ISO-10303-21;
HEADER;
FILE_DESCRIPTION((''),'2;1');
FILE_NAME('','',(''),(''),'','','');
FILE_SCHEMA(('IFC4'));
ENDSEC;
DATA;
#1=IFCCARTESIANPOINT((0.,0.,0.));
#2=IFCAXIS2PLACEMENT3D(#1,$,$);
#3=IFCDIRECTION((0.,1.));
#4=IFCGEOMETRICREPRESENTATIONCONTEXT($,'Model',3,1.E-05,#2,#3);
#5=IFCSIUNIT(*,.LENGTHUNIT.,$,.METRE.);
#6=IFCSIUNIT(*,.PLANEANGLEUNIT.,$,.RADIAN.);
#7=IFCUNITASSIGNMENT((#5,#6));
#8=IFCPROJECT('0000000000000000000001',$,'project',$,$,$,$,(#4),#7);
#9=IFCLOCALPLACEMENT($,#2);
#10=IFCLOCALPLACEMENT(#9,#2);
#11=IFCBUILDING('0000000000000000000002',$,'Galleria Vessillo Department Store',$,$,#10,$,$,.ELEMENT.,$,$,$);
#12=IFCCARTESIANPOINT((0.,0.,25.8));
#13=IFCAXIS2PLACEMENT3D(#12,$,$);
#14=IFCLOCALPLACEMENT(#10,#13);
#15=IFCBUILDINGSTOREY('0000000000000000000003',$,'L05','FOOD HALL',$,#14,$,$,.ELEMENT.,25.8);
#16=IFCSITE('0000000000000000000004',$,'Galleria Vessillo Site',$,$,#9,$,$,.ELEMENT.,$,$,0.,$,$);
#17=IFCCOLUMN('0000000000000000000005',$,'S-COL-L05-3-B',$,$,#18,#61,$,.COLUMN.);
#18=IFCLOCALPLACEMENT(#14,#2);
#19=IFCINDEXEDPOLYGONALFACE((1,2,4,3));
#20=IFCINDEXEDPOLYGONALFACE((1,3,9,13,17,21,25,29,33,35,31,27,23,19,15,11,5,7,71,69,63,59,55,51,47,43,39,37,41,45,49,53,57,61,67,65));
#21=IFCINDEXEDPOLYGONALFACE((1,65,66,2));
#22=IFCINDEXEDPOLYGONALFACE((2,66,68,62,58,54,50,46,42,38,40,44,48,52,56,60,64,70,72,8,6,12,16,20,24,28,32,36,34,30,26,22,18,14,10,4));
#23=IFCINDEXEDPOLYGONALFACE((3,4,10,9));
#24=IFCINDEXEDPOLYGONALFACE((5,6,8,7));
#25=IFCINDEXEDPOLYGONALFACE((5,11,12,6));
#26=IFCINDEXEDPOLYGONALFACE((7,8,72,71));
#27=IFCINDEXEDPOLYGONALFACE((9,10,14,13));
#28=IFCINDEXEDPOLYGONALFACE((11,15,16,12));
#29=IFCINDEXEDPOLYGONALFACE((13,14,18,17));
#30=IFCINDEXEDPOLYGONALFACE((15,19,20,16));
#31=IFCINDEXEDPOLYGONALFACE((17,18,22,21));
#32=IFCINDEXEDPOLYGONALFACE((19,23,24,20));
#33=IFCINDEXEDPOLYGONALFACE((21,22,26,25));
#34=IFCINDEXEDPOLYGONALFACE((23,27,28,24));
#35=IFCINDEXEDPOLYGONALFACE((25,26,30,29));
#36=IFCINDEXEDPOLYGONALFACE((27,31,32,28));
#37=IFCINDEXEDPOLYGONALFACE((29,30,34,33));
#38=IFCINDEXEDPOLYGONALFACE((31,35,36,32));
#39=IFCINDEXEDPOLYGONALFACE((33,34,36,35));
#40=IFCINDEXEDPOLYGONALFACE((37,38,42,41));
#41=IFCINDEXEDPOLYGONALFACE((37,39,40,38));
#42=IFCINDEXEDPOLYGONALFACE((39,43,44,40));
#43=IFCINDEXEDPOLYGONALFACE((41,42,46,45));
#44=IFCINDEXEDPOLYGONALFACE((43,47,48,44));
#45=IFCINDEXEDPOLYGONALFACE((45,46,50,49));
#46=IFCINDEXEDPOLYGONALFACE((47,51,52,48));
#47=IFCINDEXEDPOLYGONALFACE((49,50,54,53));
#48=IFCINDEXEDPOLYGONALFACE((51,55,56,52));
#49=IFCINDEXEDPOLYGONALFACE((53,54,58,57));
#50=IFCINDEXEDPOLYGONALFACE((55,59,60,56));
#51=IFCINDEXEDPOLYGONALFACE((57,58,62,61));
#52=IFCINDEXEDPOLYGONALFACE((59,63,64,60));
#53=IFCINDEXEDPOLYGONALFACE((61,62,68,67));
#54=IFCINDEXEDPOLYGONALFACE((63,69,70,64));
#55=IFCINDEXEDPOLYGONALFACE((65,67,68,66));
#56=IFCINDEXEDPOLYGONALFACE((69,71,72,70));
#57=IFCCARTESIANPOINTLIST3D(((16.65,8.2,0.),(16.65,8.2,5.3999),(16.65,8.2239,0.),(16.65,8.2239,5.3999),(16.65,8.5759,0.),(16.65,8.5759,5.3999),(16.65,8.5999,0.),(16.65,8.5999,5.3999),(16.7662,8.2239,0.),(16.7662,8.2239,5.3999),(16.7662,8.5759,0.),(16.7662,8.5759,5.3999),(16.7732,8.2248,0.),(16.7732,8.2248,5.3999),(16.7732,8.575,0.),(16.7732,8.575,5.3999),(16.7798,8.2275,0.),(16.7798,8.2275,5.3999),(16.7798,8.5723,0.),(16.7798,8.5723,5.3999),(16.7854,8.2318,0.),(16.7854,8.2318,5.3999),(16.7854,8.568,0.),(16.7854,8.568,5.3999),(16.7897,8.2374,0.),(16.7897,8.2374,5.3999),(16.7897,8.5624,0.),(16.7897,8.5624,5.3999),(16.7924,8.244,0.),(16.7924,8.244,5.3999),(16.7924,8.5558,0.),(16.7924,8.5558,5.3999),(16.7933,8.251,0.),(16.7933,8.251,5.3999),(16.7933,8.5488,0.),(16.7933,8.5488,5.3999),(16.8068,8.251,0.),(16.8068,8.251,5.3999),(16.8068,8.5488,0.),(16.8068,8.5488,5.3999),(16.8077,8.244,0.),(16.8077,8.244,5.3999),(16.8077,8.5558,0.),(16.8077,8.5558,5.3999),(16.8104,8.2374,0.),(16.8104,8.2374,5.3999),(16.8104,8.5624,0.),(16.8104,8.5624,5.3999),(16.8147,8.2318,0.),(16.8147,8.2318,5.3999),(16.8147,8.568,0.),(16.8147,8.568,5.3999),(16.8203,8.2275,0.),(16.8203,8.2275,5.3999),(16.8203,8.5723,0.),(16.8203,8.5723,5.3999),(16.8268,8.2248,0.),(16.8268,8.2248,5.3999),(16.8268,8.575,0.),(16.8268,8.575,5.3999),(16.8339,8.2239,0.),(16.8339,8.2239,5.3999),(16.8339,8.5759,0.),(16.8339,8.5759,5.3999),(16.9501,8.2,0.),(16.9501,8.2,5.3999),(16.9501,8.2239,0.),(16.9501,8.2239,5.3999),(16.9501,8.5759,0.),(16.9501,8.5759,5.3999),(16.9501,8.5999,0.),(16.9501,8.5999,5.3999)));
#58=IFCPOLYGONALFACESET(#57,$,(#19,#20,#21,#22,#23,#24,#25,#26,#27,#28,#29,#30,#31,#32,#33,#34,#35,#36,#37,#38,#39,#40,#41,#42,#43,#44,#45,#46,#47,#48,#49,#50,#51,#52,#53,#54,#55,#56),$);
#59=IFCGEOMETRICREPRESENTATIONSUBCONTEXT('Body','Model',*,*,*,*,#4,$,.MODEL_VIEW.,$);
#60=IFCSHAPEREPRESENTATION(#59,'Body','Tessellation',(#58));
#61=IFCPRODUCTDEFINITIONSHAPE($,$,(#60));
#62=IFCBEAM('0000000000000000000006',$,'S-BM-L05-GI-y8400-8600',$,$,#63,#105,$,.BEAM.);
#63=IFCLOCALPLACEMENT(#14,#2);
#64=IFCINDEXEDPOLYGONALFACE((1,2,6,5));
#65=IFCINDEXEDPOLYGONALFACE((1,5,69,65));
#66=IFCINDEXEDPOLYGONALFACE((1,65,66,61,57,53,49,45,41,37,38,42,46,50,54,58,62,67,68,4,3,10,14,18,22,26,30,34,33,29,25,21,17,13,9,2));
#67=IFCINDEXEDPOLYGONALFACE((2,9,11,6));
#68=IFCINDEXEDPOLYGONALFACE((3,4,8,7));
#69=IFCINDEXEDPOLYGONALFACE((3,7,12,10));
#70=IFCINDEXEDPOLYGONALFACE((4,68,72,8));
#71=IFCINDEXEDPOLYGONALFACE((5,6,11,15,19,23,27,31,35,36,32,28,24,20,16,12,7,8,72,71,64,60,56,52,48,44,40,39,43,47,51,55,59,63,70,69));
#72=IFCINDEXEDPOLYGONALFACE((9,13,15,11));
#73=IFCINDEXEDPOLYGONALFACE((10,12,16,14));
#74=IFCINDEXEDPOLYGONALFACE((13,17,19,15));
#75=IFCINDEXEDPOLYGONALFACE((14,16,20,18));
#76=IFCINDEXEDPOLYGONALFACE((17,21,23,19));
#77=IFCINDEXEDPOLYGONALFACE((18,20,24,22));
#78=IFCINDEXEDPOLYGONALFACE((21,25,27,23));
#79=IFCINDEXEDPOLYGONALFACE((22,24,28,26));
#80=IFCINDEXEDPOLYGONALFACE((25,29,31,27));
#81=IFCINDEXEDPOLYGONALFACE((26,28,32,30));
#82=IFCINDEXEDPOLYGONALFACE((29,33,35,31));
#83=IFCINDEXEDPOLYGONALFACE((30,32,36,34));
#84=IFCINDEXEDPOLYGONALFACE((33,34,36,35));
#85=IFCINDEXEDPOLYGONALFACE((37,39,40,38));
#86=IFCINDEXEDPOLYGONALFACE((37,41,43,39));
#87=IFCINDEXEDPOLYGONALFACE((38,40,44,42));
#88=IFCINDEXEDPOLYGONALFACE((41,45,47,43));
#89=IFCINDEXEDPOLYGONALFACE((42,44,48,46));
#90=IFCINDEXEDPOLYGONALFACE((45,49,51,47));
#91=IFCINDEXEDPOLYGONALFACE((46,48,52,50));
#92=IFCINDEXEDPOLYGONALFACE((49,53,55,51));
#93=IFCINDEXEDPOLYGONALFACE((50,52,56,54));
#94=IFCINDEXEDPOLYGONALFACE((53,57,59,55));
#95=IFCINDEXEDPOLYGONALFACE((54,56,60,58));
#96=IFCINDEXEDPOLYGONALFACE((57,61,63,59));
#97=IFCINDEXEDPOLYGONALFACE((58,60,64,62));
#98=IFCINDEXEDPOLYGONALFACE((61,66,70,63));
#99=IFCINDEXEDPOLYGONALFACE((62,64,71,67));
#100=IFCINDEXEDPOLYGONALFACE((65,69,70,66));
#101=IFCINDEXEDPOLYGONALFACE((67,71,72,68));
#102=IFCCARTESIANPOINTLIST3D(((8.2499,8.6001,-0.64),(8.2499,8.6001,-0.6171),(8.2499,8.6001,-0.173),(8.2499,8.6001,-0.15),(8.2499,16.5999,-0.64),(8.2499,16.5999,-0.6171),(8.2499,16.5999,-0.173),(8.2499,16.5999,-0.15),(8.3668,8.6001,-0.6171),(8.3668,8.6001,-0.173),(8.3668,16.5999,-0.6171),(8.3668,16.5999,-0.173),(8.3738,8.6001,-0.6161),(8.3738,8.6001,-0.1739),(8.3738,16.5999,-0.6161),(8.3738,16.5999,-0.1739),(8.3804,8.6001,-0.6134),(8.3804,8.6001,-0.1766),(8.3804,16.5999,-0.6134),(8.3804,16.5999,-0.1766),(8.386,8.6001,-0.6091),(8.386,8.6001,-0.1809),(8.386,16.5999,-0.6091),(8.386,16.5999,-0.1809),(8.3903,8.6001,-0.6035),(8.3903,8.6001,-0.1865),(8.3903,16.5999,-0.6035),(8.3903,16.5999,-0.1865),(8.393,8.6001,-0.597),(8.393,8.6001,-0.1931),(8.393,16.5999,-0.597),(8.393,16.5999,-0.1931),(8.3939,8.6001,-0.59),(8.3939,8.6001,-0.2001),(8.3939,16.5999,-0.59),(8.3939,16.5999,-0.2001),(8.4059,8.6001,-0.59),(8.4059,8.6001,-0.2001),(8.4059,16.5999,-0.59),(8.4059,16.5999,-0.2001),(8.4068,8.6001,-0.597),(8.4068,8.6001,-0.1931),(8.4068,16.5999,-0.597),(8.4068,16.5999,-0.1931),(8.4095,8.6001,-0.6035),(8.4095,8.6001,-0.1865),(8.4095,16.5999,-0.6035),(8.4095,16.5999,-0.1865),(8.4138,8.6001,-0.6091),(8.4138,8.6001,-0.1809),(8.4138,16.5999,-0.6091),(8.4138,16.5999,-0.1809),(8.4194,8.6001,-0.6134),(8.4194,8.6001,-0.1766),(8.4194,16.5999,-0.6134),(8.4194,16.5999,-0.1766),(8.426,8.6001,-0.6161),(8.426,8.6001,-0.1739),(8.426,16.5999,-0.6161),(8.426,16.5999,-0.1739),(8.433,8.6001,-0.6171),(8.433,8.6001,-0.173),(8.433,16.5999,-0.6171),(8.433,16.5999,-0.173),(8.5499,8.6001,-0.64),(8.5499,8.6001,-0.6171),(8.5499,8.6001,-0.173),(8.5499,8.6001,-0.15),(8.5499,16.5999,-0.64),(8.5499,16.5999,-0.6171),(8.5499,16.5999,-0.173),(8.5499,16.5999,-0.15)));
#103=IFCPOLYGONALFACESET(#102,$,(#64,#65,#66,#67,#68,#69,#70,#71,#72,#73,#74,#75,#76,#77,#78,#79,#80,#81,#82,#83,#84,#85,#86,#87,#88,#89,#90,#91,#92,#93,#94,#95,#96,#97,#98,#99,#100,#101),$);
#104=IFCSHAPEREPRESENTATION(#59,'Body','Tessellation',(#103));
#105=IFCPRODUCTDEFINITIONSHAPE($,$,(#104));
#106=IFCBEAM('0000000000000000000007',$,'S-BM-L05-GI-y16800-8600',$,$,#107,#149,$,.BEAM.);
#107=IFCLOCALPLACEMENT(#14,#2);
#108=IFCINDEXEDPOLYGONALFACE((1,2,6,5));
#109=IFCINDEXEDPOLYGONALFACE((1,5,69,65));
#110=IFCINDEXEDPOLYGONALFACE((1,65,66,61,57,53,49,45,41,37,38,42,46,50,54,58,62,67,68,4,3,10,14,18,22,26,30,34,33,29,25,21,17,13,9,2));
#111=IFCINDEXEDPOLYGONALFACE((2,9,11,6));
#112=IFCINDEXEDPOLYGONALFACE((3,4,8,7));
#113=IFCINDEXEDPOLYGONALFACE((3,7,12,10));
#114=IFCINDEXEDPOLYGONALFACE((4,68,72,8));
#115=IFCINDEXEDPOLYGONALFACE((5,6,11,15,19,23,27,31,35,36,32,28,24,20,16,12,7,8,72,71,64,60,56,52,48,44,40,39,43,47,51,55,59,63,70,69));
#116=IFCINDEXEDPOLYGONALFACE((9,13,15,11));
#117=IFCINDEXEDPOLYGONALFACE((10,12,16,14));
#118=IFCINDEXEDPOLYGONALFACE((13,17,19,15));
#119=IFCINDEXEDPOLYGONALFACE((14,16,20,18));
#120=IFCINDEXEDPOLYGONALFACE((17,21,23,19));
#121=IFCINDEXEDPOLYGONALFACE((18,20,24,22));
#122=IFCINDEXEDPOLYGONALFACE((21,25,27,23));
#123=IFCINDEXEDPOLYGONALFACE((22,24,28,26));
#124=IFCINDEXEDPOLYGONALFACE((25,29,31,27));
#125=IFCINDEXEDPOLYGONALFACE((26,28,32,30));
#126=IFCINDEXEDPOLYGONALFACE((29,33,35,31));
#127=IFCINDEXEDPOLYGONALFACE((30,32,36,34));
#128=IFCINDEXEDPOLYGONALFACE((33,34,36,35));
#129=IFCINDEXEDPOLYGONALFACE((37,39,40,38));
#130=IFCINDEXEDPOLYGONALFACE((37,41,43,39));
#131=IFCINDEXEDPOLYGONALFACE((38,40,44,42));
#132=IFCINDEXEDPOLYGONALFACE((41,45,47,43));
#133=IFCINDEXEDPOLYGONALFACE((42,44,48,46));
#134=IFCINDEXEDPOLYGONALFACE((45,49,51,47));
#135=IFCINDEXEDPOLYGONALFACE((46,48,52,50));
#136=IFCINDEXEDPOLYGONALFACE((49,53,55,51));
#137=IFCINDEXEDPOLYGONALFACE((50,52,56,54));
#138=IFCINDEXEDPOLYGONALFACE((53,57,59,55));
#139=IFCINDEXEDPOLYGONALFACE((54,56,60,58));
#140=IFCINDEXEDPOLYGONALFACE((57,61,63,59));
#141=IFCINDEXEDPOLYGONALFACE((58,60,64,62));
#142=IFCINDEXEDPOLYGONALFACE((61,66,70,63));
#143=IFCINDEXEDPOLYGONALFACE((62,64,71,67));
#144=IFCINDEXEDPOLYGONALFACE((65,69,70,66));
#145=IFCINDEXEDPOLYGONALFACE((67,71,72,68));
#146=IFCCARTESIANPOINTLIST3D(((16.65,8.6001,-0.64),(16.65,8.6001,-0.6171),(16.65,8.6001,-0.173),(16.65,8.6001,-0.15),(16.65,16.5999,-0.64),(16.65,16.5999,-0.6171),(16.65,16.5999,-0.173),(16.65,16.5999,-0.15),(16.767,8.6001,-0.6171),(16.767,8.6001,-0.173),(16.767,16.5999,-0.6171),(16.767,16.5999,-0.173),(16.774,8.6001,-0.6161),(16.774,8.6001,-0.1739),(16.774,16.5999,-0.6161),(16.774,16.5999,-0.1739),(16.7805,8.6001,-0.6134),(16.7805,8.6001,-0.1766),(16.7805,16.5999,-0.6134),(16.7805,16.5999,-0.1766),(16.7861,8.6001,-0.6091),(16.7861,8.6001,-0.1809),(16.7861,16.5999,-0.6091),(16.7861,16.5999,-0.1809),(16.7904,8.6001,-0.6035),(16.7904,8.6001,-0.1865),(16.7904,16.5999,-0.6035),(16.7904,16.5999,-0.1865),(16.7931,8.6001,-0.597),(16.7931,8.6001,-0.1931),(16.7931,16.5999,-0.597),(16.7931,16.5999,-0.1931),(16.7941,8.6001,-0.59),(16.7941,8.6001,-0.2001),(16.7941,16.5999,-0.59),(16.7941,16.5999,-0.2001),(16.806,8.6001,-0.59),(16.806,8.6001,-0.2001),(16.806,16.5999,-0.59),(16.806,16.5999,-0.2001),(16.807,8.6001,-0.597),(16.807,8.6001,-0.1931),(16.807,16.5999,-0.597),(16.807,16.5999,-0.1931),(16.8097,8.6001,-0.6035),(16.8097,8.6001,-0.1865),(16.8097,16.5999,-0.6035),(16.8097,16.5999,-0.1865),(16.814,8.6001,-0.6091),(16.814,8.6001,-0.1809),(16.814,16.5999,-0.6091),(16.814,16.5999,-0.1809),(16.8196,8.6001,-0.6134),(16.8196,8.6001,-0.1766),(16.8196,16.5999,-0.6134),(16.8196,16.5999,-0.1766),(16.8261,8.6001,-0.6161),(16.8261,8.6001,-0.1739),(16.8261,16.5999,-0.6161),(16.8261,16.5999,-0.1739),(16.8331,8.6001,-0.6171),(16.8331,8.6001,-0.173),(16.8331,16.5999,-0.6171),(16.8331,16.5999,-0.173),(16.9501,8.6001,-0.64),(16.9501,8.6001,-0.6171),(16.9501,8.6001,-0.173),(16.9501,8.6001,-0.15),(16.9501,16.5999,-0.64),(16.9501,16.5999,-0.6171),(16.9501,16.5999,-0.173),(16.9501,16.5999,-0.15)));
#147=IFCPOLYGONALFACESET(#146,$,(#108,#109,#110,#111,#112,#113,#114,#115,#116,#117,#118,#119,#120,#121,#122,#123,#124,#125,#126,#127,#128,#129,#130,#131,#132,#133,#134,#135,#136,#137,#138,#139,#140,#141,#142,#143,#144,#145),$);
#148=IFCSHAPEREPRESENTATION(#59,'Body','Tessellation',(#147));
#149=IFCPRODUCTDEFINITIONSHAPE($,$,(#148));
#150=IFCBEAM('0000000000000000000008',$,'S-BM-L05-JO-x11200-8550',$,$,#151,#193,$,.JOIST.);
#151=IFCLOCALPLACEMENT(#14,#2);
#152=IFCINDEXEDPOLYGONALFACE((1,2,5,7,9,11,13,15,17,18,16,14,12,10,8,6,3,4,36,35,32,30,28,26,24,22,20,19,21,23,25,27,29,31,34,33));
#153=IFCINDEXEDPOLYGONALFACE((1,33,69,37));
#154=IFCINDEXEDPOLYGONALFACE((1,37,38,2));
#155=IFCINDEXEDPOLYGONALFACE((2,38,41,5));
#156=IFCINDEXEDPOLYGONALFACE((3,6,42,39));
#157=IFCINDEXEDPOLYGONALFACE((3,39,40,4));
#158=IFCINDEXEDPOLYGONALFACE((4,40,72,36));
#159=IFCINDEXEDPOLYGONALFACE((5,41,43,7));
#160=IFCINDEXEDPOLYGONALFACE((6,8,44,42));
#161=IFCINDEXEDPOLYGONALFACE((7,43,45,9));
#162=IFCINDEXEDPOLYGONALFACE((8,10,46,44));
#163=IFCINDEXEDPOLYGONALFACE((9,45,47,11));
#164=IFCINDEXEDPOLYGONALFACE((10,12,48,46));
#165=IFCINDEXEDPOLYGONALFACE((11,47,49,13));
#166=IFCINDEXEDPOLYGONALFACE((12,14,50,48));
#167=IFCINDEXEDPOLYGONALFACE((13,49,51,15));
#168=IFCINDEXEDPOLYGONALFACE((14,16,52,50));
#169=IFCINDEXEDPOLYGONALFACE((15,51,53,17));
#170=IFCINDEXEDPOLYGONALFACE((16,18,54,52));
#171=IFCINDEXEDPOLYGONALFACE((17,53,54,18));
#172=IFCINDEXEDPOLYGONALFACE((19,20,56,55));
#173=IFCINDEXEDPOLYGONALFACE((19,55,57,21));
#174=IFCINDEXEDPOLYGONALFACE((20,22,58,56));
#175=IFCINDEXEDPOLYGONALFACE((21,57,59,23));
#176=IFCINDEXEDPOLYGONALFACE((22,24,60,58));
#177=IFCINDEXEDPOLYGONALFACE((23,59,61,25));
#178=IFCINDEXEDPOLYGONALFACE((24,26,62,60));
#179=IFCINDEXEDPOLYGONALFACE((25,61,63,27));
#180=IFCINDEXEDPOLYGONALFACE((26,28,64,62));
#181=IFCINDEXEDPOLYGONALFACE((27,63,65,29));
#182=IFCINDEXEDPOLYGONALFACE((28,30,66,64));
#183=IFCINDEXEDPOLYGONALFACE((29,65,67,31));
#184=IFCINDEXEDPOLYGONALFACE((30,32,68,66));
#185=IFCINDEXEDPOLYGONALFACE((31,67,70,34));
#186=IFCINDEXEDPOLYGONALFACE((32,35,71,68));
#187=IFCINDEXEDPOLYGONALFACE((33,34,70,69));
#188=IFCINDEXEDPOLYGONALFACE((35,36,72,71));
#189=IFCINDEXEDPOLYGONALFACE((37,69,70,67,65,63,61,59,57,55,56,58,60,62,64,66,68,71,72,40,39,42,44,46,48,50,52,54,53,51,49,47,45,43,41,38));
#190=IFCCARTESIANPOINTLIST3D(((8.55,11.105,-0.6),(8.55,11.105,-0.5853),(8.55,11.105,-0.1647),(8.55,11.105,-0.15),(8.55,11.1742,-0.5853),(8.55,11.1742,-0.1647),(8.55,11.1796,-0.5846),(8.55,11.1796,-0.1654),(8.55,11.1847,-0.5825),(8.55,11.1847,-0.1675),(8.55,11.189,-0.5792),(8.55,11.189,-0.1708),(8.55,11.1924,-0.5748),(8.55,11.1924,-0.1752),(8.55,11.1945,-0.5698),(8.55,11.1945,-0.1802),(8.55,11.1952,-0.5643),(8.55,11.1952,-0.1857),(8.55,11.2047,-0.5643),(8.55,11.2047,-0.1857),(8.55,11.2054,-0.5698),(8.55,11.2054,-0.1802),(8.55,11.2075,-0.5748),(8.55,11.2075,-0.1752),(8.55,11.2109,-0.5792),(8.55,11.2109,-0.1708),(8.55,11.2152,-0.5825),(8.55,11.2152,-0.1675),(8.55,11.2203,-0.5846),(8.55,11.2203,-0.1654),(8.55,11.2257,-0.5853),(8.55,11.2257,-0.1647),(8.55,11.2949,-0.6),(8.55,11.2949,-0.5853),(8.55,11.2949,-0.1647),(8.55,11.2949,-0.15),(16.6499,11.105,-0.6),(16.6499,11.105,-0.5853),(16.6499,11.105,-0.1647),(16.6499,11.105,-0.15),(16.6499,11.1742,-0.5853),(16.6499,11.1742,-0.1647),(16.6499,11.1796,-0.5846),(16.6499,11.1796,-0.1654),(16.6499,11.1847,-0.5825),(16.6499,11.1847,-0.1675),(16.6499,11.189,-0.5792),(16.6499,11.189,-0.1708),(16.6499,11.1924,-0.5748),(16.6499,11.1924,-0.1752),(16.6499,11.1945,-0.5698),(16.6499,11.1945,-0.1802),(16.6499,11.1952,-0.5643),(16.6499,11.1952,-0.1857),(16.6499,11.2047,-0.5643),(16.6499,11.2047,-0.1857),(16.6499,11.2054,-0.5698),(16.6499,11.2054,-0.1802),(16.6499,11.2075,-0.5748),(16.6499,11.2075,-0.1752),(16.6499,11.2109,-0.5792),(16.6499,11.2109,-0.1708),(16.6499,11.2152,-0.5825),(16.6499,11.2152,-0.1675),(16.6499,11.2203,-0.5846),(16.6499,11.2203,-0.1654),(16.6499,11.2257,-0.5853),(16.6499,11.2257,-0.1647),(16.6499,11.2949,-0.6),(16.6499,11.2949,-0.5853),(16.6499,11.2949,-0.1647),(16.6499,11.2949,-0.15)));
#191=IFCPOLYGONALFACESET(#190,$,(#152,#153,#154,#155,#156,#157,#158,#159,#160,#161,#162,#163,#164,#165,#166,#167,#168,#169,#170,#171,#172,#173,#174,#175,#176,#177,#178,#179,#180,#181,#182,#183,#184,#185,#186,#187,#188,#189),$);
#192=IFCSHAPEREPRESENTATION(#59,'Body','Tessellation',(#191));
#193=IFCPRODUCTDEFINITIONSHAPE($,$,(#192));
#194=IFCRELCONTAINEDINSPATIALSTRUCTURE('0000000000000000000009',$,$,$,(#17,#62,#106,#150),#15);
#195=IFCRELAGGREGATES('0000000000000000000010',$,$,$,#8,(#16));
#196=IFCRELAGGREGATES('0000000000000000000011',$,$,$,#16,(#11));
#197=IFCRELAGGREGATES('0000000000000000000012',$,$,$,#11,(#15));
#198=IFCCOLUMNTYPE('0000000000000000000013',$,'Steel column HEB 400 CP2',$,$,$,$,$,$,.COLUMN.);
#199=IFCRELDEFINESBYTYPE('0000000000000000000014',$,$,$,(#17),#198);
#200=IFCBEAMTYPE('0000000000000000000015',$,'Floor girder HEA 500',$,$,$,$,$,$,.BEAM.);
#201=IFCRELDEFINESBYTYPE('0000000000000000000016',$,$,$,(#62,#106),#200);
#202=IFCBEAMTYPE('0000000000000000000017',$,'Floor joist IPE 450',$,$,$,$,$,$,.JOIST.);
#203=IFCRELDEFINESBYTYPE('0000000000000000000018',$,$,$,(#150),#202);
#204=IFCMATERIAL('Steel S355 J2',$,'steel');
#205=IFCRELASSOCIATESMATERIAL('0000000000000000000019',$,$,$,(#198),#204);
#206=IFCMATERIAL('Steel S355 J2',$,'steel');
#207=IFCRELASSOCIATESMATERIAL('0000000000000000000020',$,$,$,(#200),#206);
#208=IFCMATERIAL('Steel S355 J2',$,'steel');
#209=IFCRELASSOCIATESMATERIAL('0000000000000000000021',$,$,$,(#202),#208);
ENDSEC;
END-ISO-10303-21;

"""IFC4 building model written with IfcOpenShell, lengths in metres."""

from ifc_helpers import new_model, si_unit, direction, frame, origin, origin_2d, place, context, subcontext, project, spatial, i_section, extrude, material, material_profile, profile_set, type_object, element, save


model = new_model("IFC4")

# Units and contexts
model_context = context("Model", 3, precision=1e-05, world=origin(), true_north=direction((0.0, 1.0)))
body_context = subcontext(model_context, "Body", "Model", "MODEL_VIEW")
ifc_project = project(units=[si_unit("LENGTHUNIT", "METRE"), si_unit("PLANEANGLEUNIT", "RADIAN")], contexts=[model_context])

# Site, building, storey
site_placement = place(None, origin())
site = spatial("IfcSite", under=ifc_project, at=site_placement, Name="Galleria Vessillo Site", CompositionType="ELEMENT", RefElevation=0.0)
building_placement = place(site_placement, origin())
building = spatial("IfcBuilding", under=site, at=building_placement, Name="Galleria Vessillo Department Store", CompositionType="ELEMENT")
storey_placement = place(building_placement, frame((0.0, 0.0, 25.8)))
storey = spatial("IfcBuildingStorey", under=building, at=storey_placement, Name="L05", Description="FOOD HALL", CompositionType="ELEMENT", Elevation=25.8)

# Column
ifc_material_1 = material(Name="Steel S355 J2", Category="steel")
ifc_material_profile_1 = material_profile(ifc_material_1, i_section(OverallWidth=0.3, OverallDepth=0.3999, WebThickness=0.0134, FlangeThickness=0.0239, FilletRadius=0.0271, at=origin_2d()), Name="HEB 400")
ifc_profile_set_1 = profile_set([ifc_material_profile_1], Name="Steel S355 J2")
column_type = type_object("IfcColumnType", Name="Steel column HEB 400 CP2", PredefinedType="COLUMN", material=ifc_profile_set_1)
column_placement = place(storey_placement, frame((16.8, 8.3999, 0.0), z_axis=(0.0, 0.0, 1.0), x_axis=(1.0, 0.0, 0.0)))
element("IfcColumn", 1, at=column_placement, inside=storey, type_object=column_type, Name="S-COL-L05-3-B", PredefinedType="COLUMN", context=body_context, shape_type="SweptSolid", body=[
    extrude(i_section(OverallWidth=0.3, OverallDepth=0.3999, WebThickness=0.0134, FlangeThickness=0.0239, FilletRadius=0.0271, at=origin_2d()), origin(), (0.0, 0.0, 1.0), 5.3999),
])

# Beams
ifc_material_2 = material(Name="Steel S355 J2", Category="steel")
ifc_material_profile_2 = material_profile(ifc_material_2, i_section(OverallWidth=0.3, OverallDepth=0.49, WebThickness=0.012, FlangeThickness=0.0229, FilletRadius=0.0271, at=origin_2d()), Name="HEA 500")
ifc_profile_set_2 = profile_set([ifc_material_profile_2], Name="Steel S355 J2")
beam_type_1 = type_object("IfcBeamType", Name="Floor girder HEA 500", PredefinedType="BEAM", material=ifc_profile_set_2)
for number, where, z_axis, x_axis, name in (
    (2, (8.3999, 8.6001, -0.395), (0.0, 1.0, 0.0), (-1.0, 0.0, 0.0), "S-BM-L05-GI-y8400-8600"),
    (3, (16.8, 8.6001, -0.395), (0.0, 1.0, 0.0), (-1.0, 0.0, 0.0), "S-BM-L05-GI-y16800-8600"),
):
    element("IfcBeam", number, at=place(storey_placement, frame(where, z_axis=z_axis, x_axis=x_axis)), inside=storey, type_object=beam_type_1, Name=name, PredefinedType="BEAM", context=body_context, shape_type="SweptSolid", body=[
        extrude(i_section(OverallWidth=0.3, OverallDepth=0.49, WebThickness=0.012, FlangeThickness=0.0229, FilletRadius=0.0271, at=origin_2d()), origin(), (0.0, 0.0, 1.0), 7.9998),
    ])
ifc_material_3 = material(Name="Steel S355 J2", Category="steel")
ifc_material_profile_3 = material_profile(ifc_material_3, i_section(OverallWidth=0.1899, OverallDepth=0.45, WebThickness=0.0095, FlangeThickness=0.0146, FilletRadius=0.021, at=origin_2d()), Name="IPE 450")
ifc_profile_set_3 = profile_set([ifc_material_profile_3], Name="Steel S355 J2")
beam_type_2 = type_object("IfcBeamType", Name="Floor joist IPE 450", PredefinedType="JOIST", material=ifc_profile_set_3)
for number, where, z_axis, x_axis, name in (
    (4, (8.55, 11.2, -0.375), (1.0, 0.0, 0.0), (0.0, 1.0, 0.0), "S-BM-L05-JO-x11200-8550"),
):
    element("IfcBeam", number, at=place(storey_placement, frame(where, z_axis=z_axis, x_axis=x_axis)), inside=storey, type_object=beam_type_2, Name=name, PredefinedType="JOIST", context=body_context, shape_type="SweptSolid", body=[
        extrude(i_section(OverallWidth=0.1899, OverallDepth=0.45, WebThickness=0.0095, FlangeThickness=0.0146, FilletRadius=0.021, at=origin_2d()), origin(), (0.0, 0.0, 1.0), 8.0999),
    ])

save(model, "model.ifc")
